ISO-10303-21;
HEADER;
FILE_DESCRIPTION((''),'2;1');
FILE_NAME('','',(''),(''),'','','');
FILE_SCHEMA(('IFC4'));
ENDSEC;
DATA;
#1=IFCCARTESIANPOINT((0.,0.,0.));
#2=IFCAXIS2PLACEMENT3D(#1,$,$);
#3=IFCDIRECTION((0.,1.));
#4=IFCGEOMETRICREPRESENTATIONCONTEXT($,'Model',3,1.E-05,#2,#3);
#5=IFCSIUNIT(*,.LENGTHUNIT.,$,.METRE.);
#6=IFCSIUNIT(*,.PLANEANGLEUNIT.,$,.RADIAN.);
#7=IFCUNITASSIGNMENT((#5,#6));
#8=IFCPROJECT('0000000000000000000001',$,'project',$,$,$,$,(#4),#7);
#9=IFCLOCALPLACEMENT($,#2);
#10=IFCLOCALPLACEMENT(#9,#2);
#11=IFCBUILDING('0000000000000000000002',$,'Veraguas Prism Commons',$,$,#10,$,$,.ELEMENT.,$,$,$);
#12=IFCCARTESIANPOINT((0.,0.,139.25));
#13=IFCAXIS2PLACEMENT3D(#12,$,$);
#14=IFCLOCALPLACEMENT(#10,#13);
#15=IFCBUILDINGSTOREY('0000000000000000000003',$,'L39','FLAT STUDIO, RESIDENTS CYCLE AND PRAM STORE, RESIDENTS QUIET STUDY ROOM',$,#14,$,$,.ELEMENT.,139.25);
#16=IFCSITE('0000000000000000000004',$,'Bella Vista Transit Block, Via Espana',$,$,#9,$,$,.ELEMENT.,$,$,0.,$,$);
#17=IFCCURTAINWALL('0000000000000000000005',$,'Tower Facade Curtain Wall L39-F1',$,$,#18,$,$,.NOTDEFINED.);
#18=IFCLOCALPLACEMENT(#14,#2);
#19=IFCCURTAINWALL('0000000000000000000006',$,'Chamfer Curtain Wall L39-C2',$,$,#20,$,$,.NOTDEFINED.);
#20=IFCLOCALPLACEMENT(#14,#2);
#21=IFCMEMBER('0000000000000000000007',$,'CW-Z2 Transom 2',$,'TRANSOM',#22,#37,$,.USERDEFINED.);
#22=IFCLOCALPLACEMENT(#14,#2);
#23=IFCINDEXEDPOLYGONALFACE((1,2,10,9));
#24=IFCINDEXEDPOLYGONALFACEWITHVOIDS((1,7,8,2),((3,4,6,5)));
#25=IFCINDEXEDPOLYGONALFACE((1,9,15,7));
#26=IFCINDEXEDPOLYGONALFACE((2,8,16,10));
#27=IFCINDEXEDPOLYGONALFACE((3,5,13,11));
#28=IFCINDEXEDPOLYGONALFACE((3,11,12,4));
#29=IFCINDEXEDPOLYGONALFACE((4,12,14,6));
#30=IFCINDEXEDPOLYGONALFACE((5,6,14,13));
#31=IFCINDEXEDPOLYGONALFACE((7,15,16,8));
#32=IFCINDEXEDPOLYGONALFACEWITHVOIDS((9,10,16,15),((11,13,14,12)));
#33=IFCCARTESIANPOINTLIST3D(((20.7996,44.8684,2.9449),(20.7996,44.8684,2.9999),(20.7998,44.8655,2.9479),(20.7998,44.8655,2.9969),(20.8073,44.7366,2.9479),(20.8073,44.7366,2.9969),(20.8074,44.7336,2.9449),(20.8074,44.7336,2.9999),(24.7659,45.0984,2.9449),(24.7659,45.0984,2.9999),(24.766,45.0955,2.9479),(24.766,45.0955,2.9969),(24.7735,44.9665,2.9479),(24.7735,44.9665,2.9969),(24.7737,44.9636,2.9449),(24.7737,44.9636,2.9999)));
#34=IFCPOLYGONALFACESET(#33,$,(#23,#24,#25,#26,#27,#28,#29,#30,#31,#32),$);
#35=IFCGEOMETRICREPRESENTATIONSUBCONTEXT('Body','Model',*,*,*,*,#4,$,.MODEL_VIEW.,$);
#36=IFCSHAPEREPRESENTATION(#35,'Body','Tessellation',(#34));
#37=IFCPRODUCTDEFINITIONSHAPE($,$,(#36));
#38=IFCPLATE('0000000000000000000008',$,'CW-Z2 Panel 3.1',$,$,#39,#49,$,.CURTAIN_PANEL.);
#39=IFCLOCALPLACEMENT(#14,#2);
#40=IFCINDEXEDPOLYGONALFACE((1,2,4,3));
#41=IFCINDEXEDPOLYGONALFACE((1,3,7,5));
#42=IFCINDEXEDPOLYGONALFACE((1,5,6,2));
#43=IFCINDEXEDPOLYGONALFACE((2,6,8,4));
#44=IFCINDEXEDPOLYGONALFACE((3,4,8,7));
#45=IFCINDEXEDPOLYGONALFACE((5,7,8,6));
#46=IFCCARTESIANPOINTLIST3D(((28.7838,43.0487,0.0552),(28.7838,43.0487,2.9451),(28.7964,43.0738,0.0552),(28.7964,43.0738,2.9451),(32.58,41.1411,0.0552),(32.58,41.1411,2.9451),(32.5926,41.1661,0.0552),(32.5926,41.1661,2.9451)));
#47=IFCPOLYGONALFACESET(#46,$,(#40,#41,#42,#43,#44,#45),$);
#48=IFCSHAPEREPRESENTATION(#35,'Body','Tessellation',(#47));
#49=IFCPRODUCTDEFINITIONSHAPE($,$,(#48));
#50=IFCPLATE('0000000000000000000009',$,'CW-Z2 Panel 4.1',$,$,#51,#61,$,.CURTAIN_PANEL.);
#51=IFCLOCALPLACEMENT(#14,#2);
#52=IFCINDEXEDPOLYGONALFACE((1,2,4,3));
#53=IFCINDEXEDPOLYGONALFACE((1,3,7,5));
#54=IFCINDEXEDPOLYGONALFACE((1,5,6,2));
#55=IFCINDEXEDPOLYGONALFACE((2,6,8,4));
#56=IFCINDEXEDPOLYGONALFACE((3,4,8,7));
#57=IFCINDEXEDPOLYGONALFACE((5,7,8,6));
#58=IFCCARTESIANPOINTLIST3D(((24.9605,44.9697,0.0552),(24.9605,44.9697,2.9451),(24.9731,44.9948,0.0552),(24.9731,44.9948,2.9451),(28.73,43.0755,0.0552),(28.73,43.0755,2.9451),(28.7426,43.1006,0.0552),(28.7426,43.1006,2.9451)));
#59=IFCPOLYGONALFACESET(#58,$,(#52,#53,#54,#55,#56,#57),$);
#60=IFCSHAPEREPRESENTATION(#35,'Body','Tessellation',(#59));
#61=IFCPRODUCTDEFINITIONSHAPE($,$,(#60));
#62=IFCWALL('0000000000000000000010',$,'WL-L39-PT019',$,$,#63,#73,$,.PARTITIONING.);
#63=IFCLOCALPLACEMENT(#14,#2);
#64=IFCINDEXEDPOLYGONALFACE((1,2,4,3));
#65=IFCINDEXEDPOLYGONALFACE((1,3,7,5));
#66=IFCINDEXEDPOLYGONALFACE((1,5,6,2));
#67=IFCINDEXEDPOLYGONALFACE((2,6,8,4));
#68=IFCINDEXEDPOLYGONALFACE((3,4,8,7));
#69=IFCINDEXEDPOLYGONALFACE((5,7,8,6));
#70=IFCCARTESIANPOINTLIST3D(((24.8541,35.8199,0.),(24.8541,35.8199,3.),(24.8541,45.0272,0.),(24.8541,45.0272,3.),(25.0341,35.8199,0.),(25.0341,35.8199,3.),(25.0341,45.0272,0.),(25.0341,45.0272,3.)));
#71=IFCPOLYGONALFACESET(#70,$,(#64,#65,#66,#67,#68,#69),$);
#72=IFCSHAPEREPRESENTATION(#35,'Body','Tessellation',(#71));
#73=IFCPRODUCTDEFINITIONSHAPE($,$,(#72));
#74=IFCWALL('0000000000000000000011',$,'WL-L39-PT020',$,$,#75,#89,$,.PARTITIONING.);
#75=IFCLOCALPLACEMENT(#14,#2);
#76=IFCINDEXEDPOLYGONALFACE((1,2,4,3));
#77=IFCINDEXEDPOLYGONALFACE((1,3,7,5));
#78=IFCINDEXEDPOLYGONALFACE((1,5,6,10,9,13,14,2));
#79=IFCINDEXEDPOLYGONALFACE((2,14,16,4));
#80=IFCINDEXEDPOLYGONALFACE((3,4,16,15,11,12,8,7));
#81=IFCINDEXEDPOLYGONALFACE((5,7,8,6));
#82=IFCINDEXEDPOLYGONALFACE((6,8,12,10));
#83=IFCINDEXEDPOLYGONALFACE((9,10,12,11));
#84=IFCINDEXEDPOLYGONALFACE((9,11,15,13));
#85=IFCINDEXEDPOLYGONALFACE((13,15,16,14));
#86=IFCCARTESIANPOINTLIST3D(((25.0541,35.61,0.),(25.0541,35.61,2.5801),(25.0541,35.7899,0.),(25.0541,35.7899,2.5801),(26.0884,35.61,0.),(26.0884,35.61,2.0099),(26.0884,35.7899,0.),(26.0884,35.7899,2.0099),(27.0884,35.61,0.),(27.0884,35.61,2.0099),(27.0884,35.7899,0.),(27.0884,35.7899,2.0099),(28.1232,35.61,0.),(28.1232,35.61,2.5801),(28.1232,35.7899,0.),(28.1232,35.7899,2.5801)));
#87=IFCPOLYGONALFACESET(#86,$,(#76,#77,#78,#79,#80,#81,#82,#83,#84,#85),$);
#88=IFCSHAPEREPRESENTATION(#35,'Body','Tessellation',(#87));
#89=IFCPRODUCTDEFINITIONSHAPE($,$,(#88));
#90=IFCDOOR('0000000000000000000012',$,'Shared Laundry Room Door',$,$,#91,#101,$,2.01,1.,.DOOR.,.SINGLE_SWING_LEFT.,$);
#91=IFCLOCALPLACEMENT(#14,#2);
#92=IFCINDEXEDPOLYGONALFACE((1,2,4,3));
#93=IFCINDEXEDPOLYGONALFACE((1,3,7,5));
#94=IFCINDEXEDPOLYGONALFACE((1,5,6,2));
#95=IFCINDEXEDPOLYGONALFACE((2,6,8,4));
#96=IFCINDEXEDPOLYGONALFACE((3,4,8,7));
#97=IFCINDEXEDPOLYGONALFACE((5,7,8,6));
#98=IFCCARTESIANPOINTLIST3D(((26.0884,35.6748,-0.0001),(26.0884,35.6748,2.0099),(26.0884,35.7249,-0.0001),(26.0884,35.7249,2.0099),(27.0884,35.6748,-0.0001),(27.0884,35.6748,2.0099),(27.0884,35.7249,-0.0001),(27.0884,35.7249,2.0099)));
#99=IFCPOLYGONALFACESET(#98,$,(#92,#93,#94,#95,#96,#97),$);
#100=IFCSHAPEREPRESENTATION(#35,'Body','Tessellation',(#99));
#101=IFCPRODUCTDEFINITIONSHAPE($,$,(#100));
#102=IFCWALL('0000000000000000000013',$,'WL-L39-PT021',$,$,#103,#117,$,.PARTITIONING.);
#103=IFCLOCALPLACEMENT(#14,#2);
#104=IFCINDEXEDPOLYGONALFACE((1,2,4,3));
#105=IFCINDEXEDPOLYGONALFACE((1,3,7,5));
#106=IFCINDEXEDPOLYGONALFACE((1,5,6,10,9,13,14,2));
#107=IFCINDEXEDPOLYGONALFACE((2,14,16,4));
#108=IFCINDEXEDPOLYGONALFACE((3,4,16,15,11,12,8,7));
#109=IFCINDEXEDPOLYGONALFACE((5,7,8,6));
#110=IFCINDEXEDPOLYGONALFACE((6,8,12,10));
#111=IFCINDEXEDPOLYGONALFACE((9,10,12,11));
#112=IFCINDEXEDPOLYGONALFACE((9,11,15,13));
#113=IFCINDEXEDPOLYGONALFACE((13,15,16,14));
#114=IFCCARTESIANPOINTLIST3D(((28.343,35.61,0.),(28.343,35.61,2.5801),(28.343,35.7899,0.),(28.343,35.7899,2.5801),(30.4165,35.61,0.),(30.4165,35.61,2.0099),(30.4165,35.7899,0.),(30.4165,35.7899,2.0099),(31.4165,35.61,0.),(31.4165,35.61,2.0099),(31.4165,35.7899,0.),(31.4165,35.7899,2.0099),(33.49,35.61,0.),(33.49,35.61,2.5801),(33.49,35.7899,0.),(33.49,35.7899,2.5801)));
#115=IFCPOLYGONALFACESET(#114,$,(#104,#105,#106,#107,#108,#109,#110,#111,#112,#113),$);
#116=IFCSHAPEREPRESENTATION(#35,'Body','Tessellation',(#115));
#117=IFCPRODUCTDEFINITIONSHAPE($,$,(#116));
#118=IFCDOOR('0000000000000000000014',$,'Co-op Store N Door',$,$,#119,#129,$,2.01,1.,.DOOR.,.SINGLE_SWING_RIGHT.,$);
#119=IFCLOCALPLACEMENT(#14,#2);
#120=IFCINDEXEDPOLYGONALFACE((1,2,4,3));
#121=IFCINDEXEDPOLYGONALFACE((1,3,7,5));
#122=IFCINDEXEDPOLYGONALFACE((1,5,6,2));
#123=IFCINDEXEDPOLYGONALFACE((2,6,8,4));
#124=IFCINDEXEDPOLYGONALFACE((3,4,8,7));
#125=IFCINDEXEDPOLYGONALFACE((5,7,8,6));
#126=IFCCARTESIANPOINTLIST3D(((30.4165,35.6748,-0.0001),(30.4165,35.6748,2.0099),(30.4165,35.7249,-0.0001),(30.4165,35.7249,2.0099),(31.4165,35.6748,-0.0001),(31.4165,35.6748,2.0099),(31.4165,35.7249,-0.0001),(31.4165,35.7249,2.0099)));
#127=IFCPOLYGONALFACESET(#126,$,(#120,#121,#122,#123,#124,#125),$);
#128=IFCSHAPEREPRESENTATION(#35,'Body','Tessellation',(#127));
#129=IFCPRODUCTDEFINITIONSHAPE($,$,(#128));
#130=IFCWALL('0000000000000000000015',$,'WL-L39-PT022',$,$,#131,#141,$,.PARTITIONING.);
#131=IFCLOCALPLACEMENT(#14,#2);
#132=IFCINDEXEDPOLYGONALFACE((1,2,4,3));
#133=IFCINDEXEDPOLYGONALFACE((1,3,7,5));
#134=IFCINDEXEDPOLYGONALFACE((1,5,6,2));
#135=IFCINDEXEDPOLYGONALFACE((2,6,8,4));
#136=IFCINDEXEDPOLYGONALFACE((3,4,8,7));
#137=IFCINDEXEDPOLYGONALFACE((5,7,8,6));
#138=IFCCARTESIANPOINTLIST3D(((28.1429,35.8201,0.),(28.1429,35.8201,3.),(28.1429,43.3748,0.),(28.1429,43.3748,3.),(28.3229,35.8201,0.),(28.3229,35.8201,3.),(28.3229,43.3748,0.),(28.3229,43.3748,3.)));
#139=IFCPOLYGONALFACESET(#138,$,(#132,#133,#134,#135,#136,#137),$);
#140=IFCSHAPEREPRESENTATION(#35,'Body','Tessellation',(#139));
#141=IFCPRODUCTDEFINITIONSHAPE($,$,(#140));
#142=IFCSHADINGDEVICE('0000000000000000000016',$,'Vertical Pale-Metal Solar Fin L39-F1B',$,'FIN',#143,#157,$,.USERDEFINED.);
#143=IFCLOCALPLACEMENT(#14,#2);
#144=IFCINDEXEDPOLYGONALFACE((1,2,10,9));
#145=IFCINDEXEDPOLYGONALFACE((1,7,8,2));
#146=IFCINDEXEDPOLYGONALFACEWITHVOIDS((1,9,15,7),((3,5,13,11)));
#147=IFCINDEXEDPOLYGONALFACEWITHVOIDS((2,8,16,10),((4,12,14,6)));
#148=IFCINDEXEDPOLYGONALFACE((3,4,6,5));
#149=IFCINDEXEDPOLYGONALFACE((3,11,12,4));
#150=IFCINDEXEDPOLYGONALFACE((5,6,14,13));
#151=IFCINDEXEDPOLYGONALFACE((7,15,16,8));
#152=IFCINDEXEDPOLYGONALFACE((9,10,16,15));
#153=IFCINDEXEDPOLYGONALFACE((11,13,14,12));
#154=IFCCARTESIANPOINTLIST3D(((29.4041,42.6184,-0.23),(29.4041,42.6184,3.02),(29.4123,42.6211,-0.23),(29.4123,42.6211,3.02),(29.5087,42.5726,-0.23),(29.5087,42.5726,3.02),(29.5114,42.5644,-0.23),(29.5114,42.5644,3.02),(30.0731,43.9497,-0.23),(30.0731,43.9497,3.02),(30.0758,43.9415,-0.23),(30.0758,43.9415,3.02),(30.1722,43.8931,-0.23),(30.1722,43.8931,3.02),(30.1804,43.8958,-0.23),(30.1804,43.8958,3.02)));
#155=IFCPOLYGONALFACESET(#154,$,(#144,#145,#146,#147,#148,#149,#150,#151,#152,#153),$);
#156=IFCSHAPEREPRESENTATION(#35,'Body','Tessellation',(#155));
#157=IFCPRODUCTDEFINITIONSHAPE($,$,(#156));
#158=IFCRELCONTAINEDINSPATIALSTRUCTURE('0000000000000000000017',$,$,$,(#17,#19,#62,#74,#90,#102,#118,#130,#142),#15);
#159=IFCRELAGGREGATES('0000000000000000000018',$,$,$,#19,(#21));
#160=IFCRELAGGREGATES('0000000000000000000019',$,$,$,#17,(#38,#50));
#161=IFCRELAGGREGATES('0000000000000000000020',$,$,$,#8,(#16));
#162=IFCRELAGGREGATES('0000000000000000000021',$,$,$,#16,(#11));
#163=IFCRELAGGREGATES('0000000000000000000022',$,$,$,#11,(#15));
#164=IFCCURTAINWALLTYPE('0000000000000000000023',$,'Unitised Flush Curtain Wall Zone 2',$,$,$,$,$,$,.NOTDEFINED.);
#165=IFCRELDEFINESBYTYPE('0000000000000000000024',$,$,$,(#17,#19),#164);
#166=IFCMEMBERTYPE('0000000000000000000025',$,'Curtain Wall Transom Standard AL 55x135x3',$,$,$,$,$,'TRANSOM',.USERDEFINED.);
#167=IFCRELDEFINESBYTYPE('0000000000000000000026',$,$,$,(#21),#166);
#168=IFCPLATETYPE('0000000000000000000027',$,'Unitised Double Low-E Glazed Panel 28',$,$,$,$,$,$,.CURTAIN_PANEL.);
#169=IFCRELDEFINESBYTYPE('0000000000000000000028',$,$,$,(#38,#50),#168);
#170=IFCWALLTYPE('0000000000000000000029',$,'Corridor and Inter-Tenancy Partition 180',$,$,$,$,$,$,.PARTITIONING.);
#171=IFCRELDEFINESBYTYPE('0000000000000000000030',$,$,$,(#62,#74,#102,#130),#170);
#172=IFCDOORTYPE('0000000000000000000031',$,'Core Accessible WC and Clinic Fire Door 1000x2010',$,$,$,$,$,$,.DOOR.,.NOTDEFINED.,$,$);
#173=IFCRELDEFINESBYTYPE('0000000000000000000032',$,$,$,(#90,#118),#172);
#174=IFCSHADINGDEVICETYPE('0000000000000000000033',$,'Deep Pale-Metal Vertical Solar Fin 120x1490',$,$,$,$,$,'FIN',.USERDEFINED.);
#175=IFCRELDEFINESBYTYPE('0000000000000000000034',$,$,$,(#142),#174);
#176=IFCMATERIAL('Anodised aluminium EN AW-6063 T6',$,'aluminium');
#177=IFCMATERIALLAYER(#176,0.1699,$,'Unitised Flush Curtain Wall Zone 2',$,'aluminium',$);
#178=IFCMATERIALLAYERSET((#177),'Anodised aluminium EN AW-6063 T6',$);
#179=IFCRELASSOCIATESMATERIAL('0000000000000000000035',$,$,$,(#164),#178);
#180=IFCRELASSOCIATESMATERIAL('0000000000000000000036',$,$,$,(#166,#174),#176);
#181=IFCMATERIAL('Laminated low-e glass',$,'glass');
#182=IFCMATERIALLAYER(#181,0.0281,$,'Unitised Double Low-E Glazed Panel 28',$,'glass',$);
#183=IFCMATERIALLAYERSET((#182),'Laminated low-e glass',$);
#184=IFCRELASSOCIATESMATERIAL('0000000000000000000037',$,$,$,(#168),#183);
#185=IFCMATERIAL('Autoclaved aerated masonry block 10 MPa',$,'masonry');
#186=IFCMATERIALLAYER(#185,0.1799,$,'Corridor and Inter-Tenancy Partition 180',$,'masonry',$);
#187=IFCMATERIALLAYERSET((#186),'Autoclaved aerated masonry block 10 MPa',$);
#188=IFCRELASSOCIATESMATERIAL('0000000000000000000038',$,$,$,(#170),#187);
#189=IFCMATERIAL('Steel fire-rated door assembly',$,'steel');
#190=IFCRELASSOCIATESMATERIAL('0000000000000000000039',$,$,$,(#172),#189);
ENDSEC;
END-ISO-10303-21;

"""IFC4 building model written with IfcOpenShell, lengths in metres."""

from ifc_helpers import new_model, si_unit, direction, frame, frame_2d, origin, origin_2d, place, context, subcontext, project, spatial, rectangle, hollow_rectangle, extrude, source, transform, mapped, material, layer, layer_set, material_profile, profile_set, type_object, element, fill, aggregate, save


model = new_model("IFC4")

# Units and contexts
model_context = context("Model", 3, precision=1e-05, world=origin(), true_north=direction((0.0, 1.0)))
body_context = subcontext(model_context, "Body", "Model", "MODEL_VIEW")
ifc_project = project(units=[si_unit("LENGTHUNIT", "METRE"), si_unit("PLANEANGLEUNIT", "RADIAN")], contexts=[model_context])

# Site, building, storey
site_placement = place(None, origin())
site = spatial("IfcSite", under=ifc_project, at=site_placement, Name="Bella Vista Transit Block, Via Espana", CompositionType="ELEMENT", RefElevation=0.0)
building_placement = place(site_placement, origin())
building = spatial("IfcBuilding", under=site, at=building_placement, Name="Veraguas Prism Commons", CompositionType="ELEMENT")
storey_placement = place(building_placement, frame((0.0, 0.0, 139.25)))
storey = spatial("IfcBuildingStorey", under=building, at=storey_placement, Name="L39", Description="FLAT STUDIO, RESIDENTS CYCLE AND PRAM STORE, RESIDENTS QUIET STUDY ROOM", CompositionType="ELEMENT", Elevation=139.25)

# Curtain walls, member
ifc_material_1 = material(Name="Anodised aluminium EN AW-6063 T6", Category="aluminium")
ifc_layer_1 = layer(ifc_material_1, 0.1699, Name="Unitised Flush Curtain Wall Zone 2", Category="aluminium")
ifc_layer_set_1 = layer_set([ifc_layer_1], Name="Anodised aluminium EN AW-6063 T6")
curtain_wall_type = type_object("IfcCurtainWallType", Name="Unitised Flush Curtain Wall Zone 2", PredefinedType="NOTDEFINED", material=ifc_layer_set_1)
curtain_wall_1_placement = place(storey_placement, origin())
curtain_wall_1 = element("IfcCurtainWall", 1, at=curtain_wall_1_placement, inside=storey, type_object=curtain_wall_type, Name="Tower Facade Curtain Wall L39-F1", PredefinedType="NOTDEFINED")
curtain_wall_2_placement = place(storey_placement, origin())
curtain_wall_2 = element("IfcCurtainWall", 2, at=curtain_wall_2_placement, inside=storey, type_object=curtain_wall_type, Name="Chamfer Curtain Wall L39-C2", PredefinedType="NOTDEFINED")
ifc_material_profile_1 = material_profile(ifc_material_1, hollow_rectangle(XDim=0.0549, YDim=0.135, WallThickness=0.0029, at=origin_2d()), Name="AL55X135X3")
ifc_profile_set_1 = profile_set([ifc_material_profile_1], Name="Anodised aluminium EN AW-6063 T6")
member_type_1 = type_object("IfcMemberType", Name="Curtain Wall Transom Standard AL 55x135x3", ElementType="TRANSOM", PredefinedType="USERDEFINED", material=ifc_profile_set_1)
shared_shape_1 = source(origin(), body_context, "Body", "SweptSolid", [
    extrude(hollow_rectangle(XDim=0.0549, YDim=0.135, WallThickness=0.0029, at=origin_2d()), origin(), (0.0, 0.0, 1.0), 3.9729),
])
member_1_placement = place(storey_placement, frame((24.7698, 45.031, 2.9724), z_axis=(-0.998323, -0.057886, 0.0), x_axis=(0.0, 0.0, 1.0)))
member_1 = element("IfcMember", 3, at=member_1_placement, type_object=member_type_1, Name="CW-Z2 Transom 2", ObjectType="TRANSOM", PredefinedType="USERDEFINED", context=body_context, shape_type="MappedRepresentation", body=[
    mapped(shared_shape_1, transform((0.0, 0.0, 0.0), scale=1.0)),
])
aggregate(curtain_wall_2, [member_1])

# Plates
ifc_material_2 = material(Name="Laminated low-e glass", Category="glass")
ifc_layer_2 = layer(ifc_material_2, 0.0281, Name="Unitised Double Low-E Glazed Panel 28", Category="glass")
ifc_layer_set_2 = layer_set([ifc_layer_2], Name="Laminated low-e glass")
plate_type = type_object("IfcPlateType", Name="Unitised Double Low-E Glazed Panel 28", PredefinedType="CURTAIN_PANEL", material=ifc_layer_set_2)
shared_shape_2 = source(origin(), body_context, "Body", "SweptSolid", [
    extrude(rectangle(XDim=4.2485, YDim=0.0281, at=origin_2d()), origin(), (0.0, 0.0, 1.0), 2.8899),
])
plate_1_placement = place(storey_placement, frame((30.6882, 42.1074, 0.0552), z_axis=(0.0, 0.0, 1.0), x_axis=(-0.893526, 0.449012, 0.0)))
plate_1 = element("IfcPlate", 4, at=plate_1_placement, type_object=plate_type, Name="CW-Z2 Panel 3.1", PredefinedType="CURTAIN_PANEL", context=body_context, shape_type="MappedRepresentation", body=[
    mapped(shared_shape_2, transform((0.0, 0.0, 0.0), scale=1.0)),
])
shared_shape_3 = source(origin(), body_context, "Body", "SweptSolid", [
    extrude(rectangle(XDim=4.2188, YDim=0.0281, at=origin_2d()), origin(), (0.0, 0.0, 1.0), 2.8899),
])
plate_2_placement = place(storey_placement, frame((26.8516, 44.0352, 0.0552), z_axis=(0.0, 0.0, 1.0), x_axis=(-0.893526, 0.449012, 0.0)))
plate_2 = element("IfcPlate", 5, at=plate_2_placement, type_object=plate_type, Name="CW-Z2 Panel 4.1", PredefinedType="CURTAIN_PANEL", context=body_context, shape_type="MappedRepresentation", body=[
    mapped(shared_shape_3, transform((0.0, 0.0, 0.0), scale=1.0)),
])
aggregate(curtain_wall_1, [plate_1, plate_2])

# Wall
ifc_material_3 = material(Name="Autoclaved aerated masonry block 10 MPa", Category="masonry")
ifc_layer_3 = layer(ifc_material_3, 0.1799, Name="Corridor and Inter-Tenancy Partition 180", Category="masonry")
ifc_layer_set_3 = layer_set([ifc_layer_3], Name="Autoclaved aerated masonry block 10 MPa")
wall_type = type_object("IfcWallType", Name="Corridor and Inter-Tenancy Partition 180", PredefinedType="PARTITIONING", material=ifc_layer_set_3)
wall_1_placement = place(storey_placement, frame((24.9441, 35.8201, 0.0), z_axis=(0.0, 0.0, 1.0), x_axis=(0.0, 1.0, 0.0)))
element("IfcWall", 6, at=wall_1_placement, inside=storey, type_object=wall_type, Name="WL-L39-PT019", PredefinedType="PARTITIONING", context=body_context, shape_type="SweptSolid", body=[
    extrude(rectangle(XDim=9.2073, YDim=0.1799, at=frame_2d((4.6035, 0.0))), origin(), (0.0, 0.0, 1.0), 3.0),
])

# Walls, openings, doors
wall_2_placement = place(storey_placement, frame((25.054, 35.7, 0.0), z_axis=(0.0, 0.0, 1.0), x_axis=(1.0, 0.0, 0.0)))
wall_2 = element("IfcWall", 7, at=wall_2_placement, inside=storey, type_object=wall_type, Name="WL-L39-PT020", PredefinedType="PARTITIONING", context=body_context, shape_type="SweptSolid", body=[
    extrude(rectangle(XDim=3.0691, YDim=0.1799, at=frame_2d((1.5347, 0.0))), origin(), (0.0, 0.0, 1.0), 2.5801),
])
opening_1_placement = place(wall_2_placement, frame((1.0344, 0.0, 0.0)))
opening_1 = element("IfcOpeningElement", 8, at=opening_1_placement, cuts=wall_2, PredefinedType="OPENING", context=body_context, shape_type="SweptSolid", body=[
    extrude(rectangle(XDim=1.0, YDim=2.01, at=frame_2d((0.5, 1.0049))), frame((0.0, 0.0999, 0.0), z_axis=(0.0, -1.0, 0.0), x_axis=(1.0, 0.0, 0.0)), (0.0, 0.0, 1.0), 0.2),
])
ifc_material_4 = material(Name="Steel fire-rated door assembly", Category="steel")
door_type = type_object("IfcDoorType", Name="Core Accessible WC and Clinic Fire Door 1000x2010", OperationType="NOTDEFINED", PredefinedType="DOOR", material=ifc_material_4)
shared_shape_4 = source(origin(), body_context, "Body", "SweptSolid", [
    extrude(rectangle(XDim=1.0, YDim=2.01, at=frame_2d((0.5, 1.0049))), frame((0.0, 0.0249, 0.0), z_axis=(0.0, -1.0, 0.0), x_axis=(1.0, 0.0, 0.0)), (0.0, 0.0, 1.0), 0.05),
])
door_1_placement = place(opening_1_placement, origin())
door_1 = element("IfcDoor", 9, at=door_1_placement, inside=storey, type_object=door_type, Name="Shared Laundry Room Door", OperationType="SINGLE_SWING_LEFT", OverallHeight=2.01, OverallWidth=1.0, PredefinedType="DOOR", context=body_context, shape_type="MappedRepresentation", body=[
    mapped(shared_shape_4, transform((0.0, 0.0, 0.0), scale=1.0)),
])
fill(opening_1, door_1)
wall_3_placement = place(storey_placement, frame((28.343, 35.7, 0.0), z_axis=(0.0, 0.0, 1.0), x_axis=(1.0, 0.0, 0.0)))
wall_3 = element("IfcWall", 10, at=wall_3_placement, inside=storey, type_object=wall_type, Name="WL-L39-PT021", PredefinedType="PARTITIONING", context=body_context, shape_type="SweptSolid", body=[
    extrude(rectangle(XDim=5.147, YDim=0.1799, at=frame_2d((2.5735, 0.0))), origin(), (0.0, 0.0, 1.0), 2.5801),
])
opening_2_placement = place(wall_3_placement, frame((2.0735, 0.0, 0.0)))
opening_2 = element("IfcOpeningElement", 11, at=opening_2_placement, cuts=wall_3, PredefinedType="OPENING", context=body_context, shape_type="SweptSolid", body=[
    extrude(rectangle(XDim=1.0, YDim=2.01, at=frame_2d((0.5, 1.0049))), frame((0.0, 0.0999, 0.0), z_axis=(0.0, -1.0, 0.0), x_axis=(1.0, 0.0, 0.0)), (0.0, 0.0, 1.0), 0.2),
])
door_2_placement = place(opening_2_placement, origin())
door_2 = element("IfcDoor", 12, at=door_2_placement, inside=storey, type_object=door_type, Name="Co-op Store N Door", OperationType="SINGLE_SWING_RIGHT", OverallHeight=2.01, OverallWidth=1.0, PredefinedType="DOOR", context=body_context, shape_type="MappedRepresentation", body=[
    mapped(shared_shape_4, transform((0.0, 0.0, 0.0), scale=1.0)),
])
fill(opening_2, door_2)

# Wall
wall_4_placement = place(storey_placement, frame((28.2329, 35.8201, 0.0), z_axis=(0.0, 0.0, 1.0), x_axis=(0.0, 1.0, 0.0)))
element("IfcWall", 13, at=wall_4_placement, inside=storey, type_object=wall_type, Name="WL-L39-PT022", PredefinedType="PARTITIONING", context=body_context, shape_type="SweptSolid", body=[
    extrude(rectangle(XDim=7.5547, YDim=0.1799, at=frame_2d((3.7773, 0.0))), origin(), (0.0, 0.0, 1.0), 3.0),
])

# Shading device
ifc_material_profile_2 = material_profile(ifc_material_1, hollow_rectangle(XDim=0.1201, YDim=1.49, WallThickness=0.0061, at=origin_2d()), Name="FIN120X1490X6")
ifc_profile_set_2 = profile_set([ifc_material_profile_2], Name="Anodised aluminium EN AW-6063 T6")
shading_device_type = type_object("IfcShadingDeviceType", Name="Deep Pale-Metal Vertical Solar Fin 120x1490", ElementType="FIN", PredefinedType="USERDEFINED", material=ifc_profile_set_2)
shading_device_placement = place(storey_placement, frame((29.7922, 43.2571, -0.23), z_axis=(0.0, 0.0, 1.0), x_axis=(-0.893527, 0.449009, 0.0)))
element("IfcShadingDevice", 14, at=shading_device_placement, inside=storey, type_object=shading_device_type, Name="Vertical Pale-Metal Solar Fin L39-F1B", ObjectType="FIN", PredefinedType="USERDEFINED", context=body_context, shape_type="SweptSolid", body=[
    extrude(hollow_rectangle(XDim=0.1201, YDim=1.49, WallThickness=0.0061, at=origin_2d()), origin(), (0.0, 0.0, 1.0), 3.25),
])

save(model, "model.ifc")
